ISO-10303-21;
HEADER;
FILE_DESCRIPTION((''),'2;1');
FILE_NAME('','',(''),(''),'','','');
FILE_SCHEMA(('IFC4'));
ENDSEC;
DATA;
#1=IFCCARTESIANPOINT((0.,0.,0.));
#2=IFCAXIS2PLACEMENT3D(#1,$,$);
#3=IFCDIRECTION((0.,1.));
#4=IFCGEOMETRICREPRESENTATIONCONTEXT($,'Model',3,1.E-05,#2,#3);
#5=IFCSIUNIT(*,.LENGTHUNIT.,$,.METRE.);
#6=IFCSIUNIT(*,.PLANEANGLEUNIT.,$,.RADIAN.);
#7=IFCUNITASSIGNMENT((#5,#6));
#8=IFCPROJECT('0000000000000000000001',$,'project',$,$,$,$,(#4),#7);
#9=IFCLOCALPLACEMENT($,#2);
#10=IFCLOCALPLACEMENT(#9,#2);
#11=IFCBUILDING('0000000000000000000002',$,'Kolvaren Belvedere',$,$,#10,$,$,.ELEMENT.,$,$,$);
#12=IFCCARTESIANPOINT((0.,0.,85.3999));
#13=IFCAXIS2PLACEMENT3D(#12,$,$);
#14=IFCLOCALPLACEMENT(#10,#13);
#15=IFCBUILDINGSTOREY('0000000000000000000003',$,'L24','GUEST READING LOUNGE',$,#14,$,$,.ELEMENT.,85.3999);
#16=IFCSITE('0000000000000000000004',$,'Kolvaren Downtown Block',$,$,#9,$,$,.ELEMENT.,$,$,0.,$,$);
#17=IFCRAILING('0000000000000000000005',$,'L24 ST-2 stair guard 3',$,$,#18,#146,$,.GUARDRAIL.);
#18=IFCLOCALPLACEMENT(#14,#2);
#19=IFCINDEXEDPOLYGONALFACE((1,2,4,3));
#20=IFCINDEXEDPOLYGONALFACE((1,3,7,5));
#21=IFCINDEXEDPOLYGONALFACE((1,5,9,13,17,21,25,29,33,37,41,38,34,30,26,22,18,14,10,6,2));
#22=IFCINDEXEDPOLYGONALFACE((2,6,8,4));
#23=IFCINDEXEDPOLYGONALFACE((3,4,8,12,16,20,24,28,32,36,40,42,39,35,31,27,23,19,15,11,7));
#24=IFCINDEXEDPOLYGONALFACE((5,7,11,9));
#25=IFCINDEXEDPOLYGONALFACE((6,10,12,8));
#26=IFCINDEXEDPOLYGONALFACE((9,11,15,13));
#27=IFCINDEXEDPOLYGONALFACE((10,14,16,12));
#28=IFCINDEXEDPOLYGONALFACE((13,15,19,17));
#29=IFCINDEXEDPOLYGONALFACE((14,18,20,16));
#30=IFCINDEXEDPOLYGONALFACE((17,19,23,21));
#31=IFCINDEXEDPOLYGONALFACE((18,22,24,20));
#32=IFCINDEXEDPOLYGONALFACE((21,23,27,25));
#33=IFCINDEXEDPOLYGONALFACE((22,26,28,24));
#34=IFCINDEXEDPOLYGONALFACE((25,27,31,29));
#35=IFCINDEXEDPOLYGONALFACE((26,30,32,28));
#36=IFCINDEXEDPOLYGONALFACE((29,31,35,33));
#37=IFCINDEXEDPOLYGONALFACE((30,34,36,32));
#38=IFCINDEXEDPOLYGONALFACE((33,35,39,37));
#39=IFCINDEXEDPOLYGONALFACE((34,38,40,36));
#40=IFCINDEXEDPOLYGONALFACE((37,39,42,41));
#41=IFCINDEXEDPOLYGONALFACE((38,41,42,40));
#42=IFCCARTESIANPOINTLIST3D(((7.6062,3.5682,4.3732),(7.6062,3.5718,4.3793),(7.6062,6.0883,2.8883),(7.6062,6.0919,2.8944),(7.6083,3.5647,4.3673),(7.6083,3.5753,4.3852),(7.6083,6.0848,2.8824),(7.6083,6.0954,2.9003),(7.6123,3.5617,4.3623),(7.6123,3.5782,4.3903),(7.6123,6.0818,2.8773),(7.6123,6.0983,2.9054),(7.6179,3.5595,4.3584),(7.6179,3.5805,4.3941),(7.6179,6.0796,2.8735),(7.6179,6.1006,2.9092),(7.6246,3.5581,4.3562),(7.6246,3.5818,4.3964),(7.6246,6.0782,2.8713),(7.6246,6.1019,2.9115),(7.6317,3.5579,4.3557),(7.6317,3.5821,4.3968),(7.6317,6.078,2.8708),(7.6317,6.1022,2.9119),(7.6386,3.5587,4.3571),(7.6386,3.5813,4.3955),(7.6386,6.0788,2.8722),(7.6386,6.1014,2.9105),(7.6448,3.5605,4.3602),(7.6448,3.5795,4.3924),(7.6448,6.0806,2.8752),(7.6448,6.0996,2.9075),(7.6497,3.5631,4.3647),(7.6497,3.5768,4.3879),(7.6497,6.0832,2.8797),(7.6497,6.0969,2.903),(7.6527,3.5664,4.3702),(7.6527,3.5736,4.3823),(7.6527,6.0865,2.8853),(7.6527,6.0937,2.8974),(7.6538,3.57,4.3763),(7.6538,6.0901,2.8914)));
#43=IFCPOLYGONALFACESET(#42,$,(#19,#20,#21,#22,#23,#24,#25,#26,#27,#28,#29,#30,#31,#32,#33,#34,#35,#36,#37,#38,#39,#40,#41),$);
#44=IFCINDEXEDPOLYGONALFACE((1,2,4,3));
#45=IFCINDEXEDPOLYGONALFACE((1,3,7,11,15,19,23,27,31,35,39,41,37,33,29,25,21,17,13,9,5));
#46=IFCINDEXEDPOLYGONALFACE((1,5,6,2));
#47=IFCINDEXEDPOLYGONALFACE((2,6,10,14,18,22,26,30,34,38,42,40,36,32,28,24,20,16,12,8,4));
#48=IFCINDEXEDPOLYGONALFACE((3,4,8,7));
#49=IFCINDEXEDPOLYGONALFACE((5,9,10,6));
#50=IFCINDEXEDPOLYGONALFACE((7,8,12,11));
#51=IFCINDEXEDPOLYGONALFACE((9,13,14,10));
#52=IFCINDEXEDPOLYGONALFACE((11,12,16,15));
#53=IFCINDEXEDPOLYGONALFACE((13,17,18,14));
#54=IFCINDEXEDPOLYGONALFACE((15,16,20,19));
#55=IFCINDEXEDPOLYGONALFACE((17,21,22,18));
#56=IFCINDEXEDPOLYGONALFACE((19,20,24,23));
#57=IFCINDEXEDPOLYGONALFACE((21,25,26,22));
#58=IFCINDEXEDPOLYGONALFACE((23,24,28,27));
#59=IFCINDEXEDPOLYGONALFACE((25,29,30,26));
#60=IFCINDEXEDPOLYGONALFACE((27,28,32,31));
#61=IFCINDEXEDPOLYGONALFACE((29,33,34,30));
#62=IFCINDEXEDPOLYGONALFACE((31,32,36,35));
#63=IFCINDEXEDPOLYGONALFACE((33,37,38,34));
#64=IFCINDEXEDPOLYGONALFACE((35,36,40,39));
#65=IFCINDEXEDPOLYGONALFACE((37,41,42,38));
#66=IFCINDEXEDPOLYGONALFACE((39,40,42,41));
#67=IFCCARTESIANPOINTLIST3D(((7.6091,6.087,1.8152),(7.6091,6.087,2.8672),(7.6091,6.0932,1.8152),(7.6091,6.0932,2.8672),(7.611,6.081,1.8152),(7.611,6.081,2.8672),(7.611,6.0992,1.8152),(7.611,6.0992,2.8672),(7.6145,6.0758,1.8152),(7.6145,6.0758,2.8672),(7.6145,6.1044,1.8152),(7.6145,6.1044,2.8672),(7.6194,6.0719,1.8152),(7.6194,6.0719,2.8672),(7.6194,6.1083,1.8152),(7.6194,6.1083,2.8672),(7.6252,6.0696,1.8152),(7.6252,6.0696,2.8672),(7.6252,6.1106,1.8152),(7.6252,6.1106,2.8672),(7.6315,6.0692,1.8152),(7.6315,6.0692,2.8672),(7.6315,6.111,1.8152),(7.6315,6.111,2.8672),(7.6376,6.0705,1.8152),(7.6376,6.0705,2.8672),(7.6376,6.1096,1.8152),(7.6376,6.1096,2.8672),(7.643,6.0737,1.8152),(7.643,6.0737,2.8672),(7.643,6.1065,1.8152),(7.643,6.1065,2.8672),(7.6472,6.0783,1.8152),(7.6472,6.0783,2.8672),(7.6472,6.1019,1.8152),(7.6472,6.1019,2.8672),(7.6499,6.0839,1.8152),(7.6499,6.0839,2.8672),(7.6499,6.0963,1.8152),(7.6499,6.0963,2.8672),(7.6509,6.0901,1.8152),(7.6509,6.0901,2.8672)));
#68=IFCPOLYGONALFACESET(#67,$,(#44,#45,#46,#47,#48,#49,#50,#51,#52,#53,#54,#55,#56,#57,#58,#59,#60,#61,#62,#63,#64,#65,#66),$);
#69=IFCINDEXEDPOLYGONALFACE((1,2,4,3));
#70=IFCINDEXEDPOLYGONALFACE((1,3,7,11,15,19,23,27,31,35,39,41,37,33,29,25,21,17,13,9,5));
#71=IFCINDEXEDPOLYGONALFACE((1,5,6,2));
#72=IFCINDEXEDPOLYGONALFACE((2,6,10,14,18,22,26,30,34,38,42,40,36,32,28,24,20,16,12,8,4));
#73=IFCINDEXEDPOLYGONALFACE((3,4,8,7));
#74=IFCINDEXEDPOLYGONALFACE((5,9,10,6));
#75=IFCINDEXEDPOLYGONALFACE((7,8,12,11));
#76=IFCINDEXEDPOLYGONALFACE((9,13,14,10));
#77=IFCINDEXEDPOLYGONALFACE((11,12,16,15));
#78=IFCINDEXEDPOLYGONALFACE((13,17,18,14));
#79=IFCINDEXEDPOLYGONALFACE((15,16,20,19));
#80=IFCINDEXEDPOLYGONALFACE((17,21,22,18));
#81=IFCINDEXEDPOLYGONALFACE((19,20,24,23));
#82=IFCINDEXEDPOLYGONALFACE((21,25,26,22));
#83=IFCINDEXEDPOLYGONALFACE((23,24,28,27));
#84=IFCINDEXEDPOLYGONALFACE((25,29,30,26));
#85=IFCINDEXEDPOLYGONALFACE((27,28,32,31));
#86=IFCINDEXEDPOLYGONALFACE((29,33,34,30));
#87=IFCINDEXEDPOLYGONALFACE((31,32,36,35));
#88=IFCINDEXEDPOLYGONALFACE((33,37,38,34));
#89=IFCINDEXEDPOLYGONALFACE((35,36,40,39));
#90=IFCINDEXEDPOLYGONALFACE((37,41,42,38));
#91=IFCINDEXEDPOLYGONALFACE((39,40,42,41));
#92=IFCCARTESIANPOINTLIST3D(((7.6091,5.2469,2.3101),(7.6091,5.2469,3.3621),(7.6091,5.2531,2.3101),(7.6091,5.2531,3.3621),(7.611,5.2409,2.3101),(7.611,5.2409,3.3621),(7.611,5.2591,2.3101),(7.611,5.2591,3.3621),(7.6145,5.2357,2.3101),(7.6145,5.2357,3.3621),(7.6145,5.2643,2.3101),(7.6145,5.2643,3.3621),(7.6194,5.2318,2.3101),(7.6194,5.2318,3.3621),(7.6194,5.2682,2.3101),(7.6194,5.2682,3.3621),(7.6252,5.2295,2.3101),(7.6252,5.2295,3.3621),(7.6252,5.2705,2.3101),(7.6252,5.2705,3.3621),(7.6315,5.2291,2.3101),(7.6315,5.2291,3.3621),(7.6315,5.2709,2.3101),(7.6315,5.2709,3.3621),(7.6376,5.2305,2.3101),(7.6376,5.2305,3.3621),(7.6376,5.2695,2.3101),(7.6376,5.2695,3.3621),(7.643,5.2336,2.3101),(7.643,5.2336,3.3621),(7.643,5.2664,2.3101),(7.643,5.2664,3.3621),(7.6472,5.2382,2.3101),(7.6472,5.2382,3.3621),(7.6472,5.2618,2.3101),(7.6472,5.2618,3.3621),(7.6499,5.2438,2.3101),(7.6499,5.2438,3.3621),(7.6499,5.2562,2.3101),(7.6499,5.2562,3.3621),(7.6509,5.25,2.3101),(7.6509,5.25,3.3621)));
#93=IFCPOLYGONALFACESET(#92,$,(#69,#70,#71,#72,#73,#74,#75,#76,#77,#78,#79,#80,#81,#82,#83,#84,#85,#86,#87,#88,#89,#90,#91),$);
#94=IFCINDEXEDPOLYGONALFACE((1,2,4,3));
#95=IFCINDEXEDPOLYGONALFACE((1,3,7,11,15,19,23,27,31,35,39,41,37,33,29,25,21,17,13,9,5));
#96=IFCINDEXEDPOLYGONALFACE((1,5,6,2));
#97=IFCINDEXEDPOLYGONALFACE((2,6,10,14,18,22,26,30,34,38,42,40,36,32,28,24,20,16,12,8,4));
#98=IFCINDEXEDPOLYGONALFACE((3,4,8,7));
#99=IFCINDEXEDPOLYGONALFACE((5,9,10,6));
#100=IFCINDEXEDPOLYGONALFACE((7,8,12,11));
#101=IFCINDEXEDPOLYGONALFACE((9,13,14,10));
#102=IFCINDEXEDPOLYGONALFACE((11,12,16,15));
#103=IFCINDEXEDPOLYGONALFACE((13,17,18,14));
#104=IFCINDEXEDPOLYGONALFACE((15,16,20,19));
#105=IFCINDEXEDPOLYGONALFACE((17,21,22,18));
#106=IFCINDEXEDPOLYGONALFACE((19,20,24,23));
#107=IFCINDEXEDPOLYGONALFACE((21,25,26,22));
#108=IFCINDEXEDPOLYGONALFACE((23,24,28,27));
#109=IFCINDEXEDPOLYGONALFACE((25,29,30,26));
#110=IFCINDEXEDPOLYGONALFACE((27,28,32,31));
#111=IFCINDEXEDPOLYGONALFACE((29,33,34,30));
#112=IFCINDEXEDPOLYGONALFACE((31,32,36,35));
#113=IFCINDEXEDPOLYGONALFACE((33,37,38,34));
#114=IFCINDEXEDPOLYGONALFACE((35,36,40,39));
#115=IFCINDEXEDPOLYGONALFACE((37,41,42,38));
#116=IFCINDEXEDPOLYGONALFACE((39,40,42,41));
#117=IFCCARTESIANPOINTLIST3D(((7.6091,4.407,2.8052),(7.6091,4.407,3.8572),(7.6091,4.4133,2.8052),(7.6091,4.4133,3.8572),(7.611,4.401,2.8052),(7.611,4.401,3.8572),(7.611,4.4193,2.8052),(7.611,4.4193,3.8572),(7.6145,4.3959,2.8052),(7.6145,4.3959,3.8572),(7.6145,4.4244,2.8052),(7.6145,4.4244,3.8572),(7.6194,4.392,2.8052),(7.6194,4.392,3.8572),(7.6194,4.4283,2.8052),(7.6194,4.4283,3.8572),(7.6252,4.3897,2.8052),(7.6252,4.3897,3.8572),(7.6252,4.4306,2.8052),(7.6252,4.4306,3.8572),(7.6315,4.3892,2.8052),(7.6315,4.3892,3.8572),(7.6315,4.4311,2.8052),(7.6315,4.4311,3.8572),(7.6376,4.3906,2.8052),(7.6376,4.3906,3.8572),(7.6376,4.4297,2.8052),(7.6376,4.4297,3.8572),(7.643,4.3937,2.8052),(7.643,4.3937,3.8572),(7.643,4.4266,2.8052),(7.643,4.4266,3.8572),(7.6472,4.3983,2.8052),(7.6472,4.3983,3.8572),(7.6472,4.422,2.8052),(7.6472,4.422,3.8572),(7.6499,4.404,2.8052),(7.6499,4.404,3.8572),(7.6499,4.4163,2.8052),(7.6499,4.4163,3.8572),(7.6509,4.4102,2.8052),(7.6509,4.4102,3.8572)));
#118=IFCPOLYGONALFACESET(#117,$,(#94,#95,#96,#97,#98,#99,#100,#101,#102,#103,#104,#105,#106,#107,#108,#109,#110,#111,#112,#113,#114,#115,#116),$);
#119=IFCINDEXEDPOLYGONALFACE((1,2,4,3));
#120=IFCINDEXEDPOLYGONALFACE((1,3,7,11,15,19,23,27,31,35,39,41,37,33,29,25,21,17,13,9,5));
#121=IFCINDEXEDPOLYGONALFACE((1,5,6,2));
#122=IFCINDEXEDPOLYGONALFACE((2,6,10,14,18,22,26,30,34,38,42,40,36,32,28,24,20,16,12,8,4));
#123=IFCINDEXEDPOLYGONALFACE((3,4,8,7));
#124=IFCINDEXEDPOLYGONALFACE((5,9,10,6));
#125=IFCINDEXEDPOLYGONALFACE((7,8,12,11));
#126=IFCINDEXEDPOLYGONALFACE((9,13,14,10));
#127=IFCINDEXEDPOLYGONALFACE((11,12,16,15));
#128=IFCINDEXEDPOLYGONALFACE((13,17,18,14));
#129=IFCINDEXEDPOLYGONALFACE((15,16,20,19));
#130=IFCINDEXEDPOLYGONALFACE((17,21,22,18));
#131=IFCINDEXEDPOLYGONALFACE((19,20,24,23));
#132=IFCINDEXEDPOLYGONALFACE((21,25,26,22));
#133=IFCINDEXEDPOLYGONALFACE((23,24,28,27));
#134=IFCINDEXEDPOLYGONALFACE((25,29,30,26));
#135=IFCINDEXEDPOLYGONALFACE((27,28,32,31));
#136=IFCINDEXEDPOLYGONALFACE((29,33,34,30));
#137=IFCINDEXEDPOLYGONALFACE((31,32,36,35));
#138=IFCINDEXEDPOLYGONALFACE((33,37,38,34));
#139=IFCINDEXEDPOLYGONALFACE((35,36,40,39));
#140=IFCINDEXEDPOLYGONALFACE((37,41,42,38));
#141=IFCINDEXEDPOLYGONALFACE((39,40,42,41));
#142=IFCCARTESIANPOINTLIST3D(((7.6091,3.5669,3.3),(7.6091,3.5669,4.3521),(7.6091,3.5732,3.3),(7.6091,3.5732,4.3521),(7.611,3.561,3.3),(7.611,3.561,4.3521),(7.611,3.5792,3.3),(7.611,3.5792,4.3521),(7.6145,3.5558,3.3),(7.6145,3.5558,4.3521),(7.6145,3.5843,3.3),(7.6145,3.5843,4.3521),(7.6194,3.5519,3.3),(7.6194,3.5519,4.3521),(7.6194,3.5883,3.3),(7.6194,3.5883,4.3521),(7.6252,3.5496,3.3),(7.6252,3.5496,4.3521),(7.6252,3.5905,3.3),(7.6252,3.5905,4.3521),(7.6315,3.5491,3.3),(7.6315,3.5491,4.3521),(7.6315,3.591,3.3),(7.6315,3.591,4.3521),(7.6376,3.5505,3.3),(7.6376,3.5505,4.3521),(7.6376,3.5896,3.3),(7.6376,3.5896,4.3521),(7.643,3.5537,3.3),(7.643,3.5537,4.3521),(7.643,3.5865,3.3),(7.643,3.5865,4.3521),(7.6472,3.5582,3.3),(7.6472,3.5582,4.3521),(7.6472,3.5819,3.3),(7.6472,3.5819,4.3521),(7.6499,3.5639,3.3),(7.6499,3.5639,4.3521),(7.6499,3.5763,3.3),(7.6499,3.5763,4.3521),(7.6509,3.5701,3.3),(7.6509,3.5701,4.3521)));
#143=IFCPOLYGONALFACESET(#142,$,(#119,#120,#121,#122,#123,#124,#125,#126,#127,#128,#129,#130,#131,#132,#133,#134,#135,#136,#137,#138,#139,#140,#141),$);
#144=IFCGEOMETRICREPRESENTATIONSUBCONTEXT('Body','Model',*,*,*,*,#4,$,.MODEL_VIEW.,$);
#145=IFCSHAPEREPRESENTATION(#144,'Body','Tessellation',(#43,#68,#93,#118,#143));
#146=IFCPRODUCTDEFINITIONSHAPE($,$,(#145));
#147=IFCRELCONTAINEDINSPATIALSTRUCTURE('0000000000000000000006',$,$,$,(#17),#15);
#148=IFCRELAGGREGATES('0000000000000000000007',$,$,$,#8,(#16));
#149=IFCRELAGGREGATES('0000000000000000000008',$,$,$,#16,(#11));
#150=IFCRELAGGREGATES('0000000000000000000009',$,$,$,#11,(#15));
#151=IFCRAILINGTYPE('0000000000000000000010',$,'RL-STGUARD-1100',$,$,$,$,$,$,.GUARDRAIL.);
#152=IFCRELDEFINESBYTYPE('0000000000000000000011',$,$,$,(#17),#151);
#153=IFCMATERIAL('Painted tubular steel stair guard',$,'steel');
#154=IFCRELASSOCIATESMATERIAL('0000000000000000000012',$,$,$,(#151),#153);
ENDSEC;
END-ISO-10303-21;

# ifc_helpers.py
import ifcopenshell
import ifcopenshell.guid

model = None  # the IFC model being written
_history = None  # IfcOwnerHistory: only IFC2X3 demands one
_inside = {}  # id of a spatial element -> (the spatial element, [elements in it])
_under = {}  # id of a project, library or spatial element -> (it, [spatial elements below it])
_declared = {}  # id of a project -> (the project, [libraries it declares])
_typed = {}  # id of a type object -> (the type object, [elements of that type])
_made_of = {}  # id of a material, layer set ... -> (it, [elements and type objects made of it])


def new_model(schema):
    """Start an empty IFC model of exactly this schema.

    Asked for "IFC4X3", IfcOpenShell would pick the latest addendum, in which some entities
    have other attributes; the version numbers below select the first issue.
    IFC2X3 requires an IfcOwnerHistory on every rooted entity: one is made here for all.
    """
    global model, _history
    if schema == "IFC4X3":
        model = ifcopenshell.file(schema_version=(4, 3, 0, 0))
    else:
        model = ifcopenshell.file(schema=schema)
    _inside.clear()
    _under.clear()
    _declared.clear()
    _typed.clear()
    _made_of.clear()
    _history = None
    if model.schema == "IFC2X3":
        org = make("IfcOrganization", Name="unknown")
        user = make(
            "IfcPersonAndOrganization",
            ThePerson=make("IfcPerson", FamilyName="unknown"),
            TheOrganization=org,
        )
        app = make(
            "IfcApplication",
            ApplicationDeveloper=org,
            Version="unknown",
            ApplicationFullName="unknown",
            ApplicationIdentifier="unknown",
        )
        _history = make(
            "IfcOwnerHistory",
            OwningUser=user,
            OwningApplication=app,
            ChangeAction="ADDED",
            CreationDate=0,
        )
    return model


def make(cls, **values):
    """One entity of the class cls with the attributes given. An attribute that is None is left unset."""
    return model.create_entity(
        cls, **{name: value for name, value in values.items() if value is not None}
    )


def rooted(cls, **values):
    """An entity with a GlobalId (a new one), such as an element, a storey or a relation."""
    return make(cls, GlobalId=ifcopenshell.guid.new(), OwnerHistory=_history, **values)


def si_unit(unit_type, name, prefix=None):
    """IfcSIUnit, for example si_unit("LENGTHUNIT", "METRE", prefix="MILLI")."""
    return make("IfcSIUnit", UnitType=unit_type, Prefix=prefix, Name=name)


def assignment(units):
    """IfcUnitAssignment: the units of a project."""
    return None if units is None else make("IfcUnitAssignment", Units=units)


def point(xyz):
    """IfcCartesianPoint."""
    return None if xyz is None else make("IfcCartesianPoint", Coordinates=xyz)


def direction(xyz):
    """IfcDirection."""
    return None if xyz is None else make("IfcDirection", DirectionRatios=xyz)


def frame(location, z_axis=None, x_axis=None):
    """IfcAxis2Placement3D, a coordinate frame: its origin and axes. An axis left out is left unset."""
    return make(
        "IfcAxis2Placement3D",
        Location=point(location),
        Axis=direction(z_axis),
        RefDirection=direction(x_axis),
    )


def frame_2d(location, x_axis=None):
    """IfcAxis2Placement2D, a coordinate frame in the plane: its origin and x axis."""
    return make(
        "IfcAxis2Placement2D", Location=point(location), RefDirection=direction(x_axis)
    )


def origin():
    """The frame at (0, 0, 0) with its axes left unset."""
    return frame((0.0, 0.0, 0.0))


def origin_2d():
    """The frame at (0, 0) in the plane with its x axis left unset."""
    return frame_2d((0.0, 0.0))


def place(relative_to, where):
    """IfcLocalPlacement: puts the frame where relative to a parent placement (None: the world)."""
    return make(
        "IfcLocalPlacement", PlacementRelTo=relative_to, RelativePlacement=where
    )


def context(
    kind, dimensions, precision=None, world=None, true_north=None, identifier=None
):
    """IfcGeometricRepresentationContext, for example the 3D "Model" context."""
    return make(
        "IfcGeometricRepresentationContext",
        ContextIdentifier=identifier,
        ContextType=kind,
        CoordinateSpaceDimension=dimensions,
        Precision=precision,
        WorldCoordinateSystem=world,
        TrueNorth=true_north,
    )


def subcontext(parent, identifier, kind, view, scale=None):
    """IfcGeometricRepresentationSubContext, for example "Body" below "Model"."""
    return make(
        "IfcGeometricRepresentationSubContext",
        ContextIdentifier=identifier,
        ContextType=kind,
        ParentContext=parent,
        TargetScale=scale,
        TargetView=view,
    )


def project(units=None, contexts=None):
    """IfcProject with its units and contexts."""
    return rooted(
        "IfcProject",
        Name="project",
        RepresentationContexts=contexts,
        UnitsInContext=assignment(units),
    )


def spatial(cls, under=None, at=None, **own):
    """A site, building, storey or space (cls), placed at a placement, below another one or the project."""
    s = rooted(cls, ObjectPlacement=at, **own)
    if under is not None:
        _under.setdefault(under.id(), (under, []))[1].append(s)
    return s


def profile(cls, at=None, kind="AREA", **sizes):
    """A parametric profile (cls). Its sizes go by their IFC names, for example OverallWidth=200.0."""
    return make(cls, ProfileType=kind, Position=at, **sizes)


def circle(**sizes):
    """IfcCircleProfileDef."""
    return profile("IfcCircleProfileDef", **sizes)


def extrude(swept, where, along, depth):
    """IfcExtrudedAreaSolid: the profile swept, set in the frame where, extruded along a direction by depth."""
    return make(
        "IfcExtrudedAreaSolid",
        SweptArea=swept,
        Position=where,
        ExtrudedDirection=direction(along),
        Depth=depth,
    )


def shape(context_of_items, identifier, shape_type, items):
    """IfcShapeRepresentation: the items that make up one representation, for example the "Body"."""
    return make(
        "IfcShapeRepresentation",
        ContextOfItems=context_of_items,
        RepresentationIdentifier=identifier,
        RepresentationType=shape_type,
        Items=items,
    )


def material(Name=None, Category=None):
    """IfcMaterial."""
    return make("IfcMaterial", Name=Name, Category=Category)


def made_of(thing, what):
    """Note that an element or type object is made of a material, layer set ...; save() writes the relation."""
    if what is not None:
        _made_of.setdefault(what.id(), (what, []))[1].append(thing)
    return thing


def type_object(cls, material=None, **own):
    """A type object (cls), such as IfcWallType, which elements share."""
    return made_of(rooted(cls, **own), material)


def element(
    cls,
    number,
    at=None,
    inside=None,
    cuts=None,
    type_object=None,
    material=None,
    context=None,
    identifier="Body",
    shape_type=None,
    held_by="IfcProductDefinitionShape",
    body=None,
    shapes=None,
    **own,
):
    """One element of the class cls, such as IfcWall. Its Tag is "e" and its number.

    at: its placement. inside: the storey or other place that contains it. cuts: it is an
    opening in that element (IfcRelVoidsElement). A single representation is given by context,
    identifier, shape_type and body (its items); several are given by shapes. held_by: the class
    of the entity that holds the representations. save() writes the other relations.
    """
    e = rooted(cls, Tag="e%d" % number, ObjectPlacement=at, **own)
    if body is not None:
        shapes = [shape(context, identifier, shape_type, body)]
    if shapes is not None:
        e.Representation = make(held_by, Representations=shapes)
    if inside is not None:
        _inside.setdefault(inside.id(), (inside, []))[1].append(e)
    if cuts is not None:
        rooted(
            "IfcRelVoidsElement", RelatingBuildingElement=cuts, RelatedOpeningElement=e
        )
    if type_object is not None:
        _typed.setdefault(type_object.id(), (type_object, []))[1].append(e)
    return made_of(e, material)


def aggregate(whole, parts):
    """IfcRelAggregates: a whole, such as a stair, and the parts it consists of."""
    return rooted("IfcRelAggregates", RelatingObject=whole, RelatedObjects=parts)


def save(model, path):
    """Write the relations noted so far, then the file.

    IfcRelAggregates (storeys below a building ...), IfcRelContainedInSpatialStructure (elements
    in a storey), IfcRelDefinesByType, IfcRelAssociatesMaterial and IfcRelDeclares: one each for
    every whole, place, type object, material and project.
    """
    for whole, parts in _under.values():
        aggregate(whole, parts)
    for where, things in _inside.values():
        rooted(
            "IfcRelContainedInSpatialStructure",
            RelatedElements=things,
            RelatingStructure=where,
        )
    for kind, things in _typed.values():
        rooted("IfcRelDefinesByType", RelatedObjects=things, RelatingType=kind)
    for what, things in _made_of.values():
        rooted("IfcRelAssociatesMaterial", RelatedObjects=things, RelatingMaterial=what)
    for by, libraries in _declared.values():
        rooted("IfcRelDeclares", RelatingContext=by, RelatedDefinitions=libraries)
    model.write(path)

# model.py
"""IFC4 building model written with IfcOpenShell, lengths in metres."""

from ifc_helpers import new_model, si_unit, direction, frame, origin, origin_2d, place, context, subcontext, project, spatial, circle, extrude, material, type_object, element, save


model = new_model("IFC4")

# Units and contexts
model_context = context("Model", 3, precision=1e-05, world=origin(), true_north=direction((0.0, 1.0)))
body_context = subcontext(model_context, "Body", "Model", "MODEL_VIEW")
ifc_project = project(units=[si_unit("LENGTHUNIT", "METRE"), si_unit("PLANEANGLEUNIT", "RADIAN")], contexts=[model_context])

# Site, building, storey
site_placement = place(None, origin())
site = spatial("IfcSite", under=ifc_project, at=site_placement, Name="Kolvaren Downtown Block", CompositionType="ELEMENT", RefElevation=0.0)
building_placement = place(site_placement, origin())
building = spatial("IfcBuilding", under=site, at=building_placement, Name="Kolvaren Belvedere", CompositionType="ELEMENT")
storey_placement = place(building_placement, frame((0.0, 0.0, 85.3999)))
storey = spatial("IfcBuildingStorey", under=building, at=storey_placement, Name="L24", Description="GUEST READING LOUNGE", CompositionType="ELEMENT", Elevation=85.3999)

# Railing
ifc_material_1 = material(Name="Painted tubular steel stair guard", Category="steel")
railing_type_1 = type_object("IfcRailingType", Name="RL-STGUARD-1100", PredefinedType="GUARDRAIL", material=ifc_material_1)
railing_1_placement = place(storey_placement, frame((7.6299, 6.0901, 1.8152)))
element("IfcRailing", 1, at=railing_1_placement, inside=storey, type_object=railing_type_1, Name="L24 ST-2 stair guard 3", PredefinedType="GUARDRAIL", context=body_context, shape_type="SweptSolid", body=[
    extrude(circle(Radius=0.0239, at=origin_2d()), frame((0.0, 0.0, 1.0762), z_axis=(0.0, -0.861561, 0.507655), x_axis=(1.0, 0.0, 0.0)), (0.0, 0.0, 1.0), 2.925),
    extrude(circle(Radius=0.021, at=origin_2d()), origin(), (0.0, 0.0, 1.0), 1.052),
    extrude(circle(Radius=0.021, at=origin_2d()), frame((0.0, -0.8401, 0.4949)), (0.0, 0.0, 1.0), 1.052),
    extrude(circle(Radius=0.021, at=origin_2d()), frame((0.0, -1.6799, 0.99)), (0.0, 0.0, 1.0), 1.052),
    extrude(circle(Radius=0.021, at=origin_2d()), frame((0.0, -2.52, 1.4849)), (0.0, 0.0, 1.0), 1.052),
])

save(model, "model.ifc")
